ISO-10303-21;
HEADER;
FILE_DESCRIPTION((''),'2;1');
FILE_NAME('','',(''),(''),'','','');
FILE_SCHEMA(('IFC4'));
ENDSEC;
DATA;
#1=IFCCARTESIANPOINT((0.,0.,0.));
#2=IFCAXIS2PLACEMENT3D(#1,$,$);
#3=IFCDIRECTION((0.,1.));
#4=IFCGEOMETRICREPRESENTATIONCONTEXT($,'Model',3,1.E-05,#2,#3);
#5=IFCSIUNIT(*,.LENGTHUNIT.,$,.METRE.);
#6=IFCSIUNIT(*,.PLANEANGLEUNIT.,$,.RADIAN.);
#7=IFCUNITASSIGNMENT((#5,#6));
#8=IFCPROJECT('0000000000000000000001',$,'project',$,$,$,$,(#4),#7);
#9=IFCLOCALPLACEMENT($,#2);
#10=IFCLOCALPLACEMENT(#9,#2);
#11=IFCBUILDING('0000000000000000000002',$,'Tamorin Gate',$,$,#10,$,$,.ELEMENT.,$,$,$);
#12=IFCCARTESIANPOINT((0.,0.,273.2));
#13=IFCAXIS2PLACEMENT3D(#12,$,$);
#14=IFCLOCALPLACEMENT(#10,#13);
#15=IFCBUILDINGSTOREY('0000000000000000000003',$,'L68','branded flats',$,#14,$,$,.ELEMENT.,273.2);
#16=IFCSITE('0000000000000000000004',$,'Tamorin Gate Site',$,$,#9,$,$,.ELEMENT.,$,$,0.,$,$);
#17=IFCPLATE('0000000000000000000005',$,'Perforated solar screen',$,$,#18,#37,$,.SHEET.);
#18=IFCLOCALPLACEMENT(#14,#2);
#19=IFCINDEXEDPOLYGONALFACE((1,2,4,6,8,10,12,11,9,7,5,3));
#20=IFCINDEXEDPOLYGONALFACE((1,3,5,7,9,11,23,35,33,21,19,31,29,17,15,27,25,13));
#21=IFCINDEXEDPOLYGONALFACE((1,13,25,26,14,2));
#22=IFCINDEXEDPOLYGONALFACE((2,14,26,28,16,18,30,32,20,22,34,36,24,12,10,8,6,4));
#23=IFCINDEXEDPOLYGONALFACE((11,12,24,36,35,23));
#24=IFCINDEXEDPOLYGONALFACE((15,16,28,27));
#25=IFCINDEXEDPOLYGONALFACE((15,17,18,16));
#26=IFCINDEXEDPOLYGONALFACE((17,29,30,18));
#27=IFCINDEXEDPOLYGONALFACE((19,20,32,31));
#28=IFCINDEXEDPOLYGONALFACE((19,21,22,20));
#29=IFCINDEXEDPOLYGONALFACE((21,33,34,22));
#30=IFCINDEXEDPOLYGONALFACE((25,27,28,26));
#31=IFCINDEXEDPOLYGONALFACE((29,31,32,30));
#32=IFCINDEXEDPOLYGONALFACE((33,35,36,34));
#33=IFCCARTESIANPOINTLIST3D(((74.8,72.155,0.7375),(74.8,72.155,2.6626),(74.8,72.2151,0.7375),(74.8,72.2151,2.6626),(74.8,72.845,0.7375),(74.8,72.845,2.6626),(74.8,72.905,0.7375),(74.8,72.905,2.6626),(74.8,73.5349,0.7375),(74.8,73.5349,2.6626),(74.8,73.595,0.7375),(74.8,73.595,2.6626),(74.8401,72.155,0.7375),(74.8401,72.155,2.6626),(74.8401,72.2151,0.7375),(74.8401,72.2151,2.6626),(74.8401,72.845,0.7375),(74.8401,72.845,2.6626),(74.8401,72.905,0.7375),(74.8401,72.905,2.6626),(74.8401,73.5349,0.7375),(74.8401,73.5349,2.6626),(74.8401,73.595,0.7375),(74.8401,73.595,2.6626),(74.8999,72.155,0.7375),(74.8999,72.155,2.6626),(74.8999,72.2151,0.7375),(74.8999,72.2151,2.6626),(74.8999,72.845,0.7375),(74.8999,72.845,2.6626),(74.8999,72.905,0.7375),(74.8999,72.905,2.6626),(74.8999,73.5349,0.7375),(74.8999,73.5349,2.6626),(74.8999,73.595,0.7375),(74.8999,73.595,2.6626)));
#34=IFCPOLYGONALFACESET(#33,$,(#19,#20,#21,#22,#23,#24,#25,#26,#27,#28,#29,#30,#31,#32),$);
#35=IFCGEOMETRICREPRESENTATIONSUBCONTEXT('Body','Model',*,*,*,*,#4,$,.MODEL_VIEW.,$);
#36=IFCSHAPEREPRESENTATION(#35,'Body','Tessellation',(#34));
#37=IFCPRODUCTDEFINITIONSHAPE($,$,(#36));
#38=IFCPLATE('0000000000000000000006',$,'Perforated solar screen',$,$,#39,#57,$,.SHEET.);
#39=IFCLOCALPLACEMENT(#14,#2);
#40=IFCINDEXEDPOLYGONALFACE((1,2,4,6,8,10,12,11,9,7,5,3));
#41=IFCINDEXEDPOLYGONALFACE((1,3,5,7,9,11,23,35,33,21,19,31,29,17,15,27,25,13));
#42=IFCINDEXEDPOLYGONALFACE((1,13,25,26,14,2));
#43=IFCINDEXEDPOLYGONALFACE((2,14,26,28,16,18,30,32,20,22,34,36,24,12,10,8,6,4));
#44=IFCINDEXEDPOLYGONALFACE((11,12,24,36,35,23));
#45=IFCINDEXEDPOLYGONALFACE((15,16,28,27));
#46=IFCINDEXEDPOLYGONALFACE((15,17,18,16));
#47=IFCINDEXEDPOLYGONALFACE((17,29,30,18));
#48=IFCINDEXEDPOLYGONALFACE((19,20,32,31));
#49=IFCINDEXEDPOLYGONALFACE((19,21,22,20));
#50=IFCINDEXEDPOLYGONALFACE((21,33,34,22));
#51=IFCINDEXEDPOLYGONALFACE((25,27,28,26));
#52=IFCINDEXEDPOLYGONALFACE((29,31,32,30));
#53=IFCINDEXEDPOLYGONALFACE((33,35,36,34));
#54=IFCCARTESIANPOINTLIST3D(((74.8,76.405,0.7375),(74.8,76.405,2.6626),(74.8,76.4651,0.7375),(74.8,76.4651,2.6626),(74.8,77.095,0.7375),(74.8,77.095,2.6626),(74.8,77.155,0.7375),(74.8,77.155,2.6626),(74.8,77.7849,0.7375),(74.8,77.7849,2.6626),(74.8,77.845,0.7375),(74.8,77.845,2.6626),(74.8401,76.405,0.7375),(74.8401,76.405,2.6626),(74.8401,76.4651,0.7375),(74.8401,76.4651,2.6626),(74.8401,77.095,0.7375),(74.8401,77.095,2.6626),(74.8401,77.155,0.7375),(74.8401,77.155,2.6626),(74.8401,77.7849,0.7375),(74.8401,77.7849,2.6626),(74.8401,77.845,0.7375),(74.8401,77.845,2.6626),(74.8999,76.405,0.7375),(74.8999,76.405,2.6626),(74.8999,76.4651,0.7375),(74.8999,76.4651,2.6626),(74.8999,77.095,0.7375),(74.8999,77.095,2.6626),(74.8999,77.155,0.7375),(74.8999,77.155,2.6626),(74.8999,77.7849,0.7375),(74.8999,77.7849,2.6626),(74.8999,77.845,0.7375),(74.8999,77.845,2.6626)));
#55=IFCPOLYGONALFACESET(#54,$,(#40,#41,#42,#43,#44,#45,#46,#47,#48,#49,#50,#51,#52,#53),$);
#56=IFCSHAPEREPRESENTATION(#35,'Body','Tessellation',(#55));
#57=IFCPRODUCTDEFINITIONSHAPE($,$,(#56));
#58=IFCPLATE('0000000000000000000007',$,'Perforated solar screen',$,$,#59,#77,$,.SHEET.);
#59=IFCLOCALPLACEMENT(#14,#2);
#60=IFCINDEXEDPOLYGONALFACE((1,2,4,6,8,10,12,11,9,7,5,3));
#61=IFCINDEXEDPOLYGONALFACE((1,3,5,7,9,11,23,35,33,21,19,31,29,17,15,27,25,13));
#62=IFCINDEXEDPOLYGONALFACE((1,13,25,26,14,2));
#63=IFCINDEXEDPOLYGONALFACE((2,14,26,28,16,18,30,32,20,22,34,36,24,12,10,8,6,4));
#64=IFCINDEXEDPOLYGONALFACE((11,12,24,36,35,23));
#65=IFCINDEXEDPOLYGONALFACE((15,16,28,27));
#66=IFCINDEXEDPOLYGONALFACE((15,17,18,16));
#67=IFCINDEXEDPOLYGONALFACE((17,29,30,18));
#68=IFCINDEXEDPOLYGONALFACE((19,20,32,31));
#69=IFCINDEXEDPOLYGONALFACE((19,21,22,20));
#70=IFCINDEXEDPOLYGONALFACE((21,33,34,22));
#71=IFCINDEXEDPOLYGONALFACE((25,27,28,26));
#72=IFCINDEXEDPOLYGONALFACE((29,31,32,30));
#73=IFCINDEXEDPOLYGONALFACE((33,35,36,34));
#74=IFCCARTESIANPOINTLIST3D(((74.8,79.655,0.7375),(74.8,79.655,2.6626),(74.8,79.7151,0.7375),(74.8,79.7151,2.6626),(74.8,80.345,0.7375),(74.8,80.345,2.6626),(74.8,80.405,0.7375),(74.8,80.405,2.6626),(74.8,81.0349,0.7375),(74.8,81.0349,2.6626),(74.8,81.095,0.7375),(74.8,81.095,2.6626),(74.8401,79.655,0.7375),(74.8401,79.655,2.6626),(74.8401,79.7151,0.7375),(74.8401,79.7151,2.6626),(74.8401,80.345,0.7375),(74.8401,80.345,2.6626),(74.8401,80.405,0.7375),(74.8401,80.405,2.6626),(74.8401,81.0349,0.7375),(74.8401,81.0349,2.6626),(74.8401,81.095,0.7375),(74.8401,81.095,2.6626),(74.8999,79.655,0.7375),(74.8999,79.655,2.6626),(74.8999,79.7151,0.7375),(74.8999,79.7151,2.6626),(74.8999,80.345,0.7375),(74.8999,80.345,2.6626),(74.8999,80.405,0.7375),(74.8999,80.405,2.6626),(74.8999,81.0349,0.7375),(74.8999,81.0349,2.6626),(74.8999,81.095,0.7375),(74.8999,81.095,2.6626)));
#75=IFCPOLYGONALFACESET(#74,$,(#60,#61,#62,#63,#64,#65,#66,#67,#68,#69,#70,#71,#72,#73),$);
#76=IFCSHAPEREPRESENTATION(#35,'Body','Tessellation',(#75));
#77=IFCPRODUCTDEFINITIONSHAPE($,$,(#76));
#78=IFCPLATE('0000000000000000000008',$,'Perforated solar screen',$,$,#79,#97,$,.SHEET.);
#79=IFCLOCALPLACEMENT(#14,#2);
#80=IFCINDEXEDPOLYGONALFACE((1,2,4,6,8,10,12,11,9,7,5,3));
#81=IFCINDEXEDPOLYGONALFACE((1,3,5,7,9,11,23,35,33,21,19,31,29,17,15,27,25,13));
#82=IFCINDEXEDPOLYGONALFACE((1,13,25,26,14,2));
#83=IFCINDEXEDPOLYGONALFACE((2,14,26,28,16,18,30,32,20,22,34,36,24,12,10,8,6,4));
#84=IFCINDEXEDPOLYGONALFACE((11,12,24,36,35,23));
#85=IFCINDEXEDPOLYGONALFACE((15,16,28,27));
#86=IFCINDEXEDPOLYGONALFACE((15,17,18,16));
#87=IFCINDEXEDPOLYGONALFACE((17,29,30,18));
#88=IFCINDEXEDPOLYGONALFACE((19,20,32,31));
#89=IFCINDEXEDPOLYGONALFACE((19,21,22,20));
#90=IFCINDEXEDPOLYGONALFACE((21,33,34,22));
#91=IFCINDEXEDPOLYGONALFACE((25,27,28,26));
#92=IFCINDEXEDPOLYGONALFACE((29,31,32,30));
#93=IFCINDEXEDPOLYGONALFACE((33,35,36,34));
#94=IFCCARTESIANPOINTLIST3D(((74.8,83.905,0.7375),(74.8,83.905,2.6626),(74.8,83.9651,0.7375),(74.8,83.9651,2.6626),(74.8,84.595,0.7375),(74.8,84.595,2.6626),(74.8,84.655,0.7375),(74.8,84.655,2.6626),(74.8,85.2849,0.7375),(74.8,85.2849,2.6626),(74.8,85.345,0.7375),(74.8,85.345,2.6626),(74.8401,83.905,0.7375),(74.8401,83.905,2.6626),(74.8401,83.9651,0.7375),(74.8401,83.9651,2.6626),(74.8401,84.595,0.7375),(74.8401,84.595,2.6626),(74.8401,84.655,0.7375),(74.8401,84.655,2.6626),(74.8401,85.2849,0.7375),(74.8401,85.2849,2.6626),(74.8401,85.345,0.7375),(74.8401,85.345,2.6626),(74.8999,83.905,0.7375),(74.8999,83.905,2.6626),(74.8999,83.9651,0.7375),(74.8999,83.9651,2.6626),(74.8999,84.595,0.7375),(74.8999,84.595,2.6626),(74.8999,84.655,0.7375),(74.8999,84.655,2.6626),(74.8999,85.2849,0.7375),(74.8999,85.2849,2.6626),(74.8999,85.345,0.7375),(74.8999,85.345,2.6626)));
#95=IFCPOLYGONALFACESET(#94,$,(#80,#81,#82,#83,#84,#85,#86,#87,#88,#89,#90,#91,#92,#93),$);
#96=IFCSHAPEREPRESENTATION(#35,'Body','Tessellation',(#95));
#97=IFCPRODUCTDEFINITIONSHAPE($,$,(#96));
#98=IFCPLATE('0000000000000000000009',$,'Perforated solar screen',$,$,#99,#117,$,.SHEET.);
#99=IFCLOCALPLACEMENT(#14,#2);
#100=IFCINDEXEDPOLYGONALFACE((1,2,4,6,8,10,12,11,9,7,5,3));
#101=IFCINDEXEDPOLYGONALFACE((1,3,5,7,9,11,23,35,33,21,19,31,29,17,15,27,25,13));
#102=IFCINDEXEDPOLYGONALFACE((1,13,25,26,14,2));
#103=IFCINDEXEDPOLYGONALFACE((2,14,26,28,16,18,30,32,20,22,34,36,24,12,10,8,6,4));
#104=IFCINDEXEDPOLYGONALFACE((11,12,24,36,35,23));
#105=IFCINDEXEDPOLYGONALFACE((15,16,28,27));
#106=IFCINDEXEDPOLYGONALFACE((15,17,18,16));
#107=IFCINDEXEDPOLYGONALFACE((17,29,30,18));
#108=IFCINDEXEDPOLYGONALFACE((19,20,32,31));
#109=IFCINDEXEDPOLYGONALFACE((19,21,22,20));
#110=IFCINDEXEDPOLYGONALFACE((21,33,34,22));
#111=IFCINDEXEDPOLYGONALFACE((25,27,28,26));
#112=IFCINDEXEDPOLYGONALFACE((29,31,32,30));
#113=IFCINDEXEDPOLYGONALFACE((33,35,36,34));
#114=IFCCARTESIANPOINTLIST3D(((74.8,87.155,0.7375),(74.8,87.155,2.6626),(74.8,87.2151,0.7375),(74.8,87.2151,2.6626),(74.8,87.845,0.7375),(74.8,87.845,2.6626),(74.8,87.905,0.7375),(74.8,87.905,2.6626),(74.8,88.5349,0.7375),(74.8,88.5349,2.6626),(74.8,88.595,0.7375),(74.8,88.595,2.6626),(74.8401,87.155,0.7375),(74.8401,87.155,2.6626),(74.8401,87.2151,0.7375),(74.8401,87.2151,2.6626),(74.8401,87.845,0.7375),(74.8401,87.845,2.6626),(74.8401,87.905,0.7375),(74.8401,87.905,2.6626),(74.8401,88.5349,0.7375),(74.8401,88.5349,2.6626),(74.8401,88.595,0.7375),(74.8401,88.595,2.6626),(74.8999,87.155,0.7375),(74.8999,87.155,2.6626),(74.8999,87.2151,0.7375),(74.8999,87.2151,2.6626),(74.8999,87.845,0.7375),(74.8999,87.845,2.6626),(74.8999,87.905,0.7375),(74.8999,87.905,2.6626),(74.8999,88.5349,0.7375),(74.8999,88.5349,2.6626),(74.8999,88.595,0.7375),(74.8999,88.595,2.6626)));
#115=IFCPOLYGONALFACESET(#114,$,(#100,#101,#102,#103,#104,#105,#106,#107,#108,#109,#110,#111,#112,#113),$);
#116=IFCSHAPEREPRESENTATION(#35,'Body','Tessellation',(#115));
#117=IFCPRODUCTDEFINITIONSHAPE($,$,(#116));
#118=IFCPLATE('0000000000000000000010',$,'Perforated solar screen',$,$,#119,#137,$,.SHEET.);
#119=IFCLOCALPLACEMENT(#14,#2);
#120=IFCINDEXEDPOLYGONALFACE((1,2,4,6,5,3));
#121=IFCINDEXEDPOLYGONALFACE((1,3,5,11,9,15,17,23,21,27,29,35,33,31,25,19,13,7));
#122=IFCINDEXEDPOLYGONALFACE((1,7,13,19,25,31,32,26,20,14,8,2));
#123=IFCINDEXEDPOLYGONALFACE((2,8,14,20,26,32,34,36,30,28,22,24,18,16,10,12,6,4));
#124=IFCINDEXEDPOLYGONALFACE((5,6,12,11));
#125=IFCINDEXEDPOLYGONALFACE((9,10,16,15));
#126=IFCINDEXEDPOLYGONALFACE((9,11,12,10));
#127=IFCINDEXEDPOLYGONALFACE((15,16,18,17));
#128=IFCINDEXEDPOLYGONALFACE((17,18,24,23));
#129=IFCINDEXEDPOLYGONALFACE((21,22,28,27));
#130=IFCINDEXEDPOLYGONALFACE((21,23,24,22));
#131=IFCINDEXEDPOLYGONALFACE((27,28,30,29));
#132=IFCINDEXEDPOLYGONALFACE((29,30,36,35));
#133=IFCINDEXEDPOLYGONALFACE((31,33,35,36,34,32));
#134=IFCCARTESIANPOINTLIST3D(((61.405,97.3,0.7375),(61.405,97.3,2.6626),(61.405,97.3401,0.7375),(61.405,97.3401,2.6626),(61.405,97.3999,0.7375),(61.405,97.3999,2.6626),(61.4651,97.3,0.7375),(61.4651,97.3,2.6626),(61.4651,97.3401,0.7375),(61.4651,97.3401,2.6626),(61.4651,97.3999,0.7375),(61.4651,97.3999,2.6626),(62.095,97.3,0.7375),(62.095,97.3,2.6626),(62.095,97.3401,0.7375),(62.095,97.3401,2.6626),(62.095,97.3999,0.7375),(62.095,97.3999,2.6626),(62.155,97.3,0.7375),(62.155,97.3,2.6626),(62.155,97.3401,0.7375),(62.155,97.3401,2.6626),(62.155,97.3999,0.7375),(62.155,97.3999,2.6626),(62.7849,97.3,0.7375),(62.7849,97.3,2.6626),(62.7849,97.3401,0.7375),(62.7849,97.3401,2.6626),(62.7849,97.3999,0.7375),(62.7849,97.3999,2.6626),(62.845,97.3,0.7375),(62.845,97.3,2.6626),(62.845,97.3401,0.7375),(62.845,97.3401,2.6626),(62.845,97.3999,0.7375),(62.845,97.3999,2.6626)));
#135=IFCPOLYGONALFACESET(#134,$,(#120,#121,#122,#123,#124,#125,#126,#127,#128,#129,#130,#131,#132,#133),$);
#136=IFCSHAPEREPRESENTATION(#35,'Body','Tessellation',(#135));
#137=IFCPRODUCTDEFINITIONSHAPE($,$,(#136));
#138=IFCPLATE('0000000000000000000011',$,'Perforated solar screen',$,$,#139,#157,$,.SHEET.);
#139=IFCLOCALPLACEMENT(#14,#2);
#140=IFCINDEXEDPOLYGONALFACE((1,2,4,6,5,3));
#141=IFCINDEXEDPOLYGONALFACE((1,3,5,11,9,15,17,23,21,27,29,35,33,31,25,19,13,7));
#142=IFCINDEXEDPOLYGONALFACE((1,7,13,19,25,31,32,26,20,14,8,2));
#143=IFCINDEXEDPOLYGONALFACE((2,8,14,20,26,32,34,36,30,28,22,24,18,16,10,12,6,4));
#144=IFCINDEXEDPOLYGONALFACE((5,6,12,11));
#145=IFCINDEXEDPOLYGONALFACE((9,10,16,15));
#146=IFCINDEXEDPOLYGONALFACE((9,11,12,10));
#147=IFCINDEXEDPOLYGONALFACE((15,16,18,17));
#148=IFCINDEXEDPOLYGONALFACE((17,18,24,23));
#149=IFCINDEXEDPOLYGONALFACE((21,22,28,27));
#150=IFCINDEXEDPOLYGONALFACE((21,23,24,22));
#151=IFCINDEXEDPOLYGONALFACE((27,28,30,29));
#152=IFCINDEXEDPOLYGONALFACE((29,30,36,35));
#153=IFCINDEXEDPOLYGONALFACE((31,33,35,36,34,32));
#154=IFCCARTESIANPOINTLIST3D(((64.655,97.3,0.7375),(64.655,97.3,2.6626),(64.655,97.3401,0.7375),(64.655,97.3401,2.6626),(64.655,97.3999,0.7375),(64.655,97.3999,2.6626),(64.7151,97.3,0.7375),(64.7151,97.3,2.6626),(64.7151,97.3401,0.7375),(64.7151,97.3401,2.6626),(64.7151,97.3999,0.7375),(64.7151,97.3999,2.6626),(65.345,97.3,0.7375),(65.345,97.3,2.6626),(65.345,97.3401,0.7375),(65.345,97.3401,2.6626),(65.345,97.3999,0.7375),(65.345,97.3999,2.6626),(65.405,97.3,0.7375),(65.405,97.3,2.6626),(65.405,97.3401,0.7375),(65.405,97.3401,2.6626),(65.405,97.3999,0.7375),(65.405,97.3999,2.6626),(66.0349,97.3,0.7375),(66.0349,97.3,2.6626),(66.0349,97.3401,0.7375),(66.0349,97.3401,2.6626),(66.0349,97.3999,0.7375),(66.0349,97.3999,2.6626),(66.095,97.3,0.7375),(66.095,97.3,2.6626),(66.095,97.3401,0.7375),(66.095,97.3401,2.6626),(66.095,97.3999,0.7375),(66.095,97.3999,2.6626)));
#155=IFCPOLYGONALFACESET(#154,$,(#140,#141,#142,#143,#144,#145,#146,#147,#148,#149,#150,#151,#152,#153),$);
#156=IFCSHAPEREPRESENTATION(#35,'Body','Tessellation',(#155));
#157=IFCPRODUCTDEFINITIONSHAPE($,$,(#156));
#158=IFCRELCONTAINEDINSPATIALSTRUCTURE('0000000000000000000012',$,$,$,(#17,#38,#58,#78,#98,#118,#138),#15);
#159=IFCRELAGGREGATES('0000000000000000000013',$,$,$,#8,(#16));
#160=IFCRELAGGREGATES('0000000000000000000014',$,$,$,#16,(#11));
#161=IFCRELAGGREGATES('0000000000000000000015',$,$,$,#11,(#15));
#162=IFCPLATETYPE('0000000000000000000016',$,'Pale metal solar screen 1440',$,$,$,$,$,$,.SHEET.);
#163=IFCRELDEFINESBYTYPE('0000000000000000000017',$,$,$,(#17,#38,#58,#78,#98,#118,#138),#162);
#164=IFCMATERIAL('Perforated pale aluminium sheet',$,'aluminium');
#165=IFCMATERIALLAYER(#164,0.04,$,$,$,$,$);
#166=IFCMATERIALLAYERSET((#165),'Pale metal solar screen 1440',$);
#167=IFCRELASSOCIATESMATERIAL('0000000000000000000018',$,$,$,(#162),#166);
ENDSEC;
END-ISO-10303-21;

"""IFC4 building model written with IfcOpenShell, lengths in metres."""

from ifc_helpers import new_model, si_unit, direction, frame, origin, place, context, subcontext, project, spatial, polyline, outline, extrude, material, layer, layer_set, type_object, element, save


model = new_model("IFC4")

# Units and contexts
model_context = context("Model", 3, precision=1e-05, world=origin(), true_north=direction((0.0, 1.0)))
body_context = subcontext(model_context, "Body", "Model", "MODEL_VIEW")
ifc_project = project(units=[si_unit("LENGTHUNIT", "METRE"), si_unit("PLANEANGLEUNIT", "RADIAN")], contexts=[model_context])

# Site, building, storey
site_placement = place(None, origin())
site = spatial("IfcSite", under=ifc_project, at=site_placement, Name="Tamorin Gate Site", CompositionType="ELEMENT", RefElevation=0.0)
building_placement = place(site_placement, origin())
building = spatial("IfcBuilding", under=site, at=building_placement, Name="Tamorin Gate", CompositionType="ELEMENT")
storey_placement = place(building_placement, frame((0.0, 0.0, 273.2)))
storey = spatial("IfcBuildingStorey", under=building, at=storey_placement, Name="L68", Description="branded flats", CompositionType="ELEMENT", Elevation=273.2)

# Plates
ifc_material_1 = material(Name="Perforated pale aluminium sheet", Category="aluminium")
ifc_layer_1 = layer(ifc_material_1, 0.04)
ifc_layer_set_1 = layer_set([ifc_layer_1], Name="Pale metal solar screen 1440")
plate_type = type_object("IfcPlateType", Name="Pale metal solar screen 1440", PredefinedType="SHEET", material=ifc_layer_set_1)
plate_1_placement = place(storey_placement, frame((0.0, 0.0, 0.7375)))
element("IfcPlate", 1, at=plate_1_placement, inside=storey, type_object=plate_type, Name="Perforated solar screen", PredefinedType="SHEET", context=body_context, shape_type="SweptSolid", body=[
    extrude(outline(polyline([(74.8401, 72.155), (74.8, 72.155), (74.8, 72.2151), (74.8, 72.845), (74.8, 72.905), (74.8, 73.5349), (74.8, 73.595), (74.8401, 73.595), (74.8999, 73.595), (74.8999, 73.5349), (74.8401, 73.5349), (74.8401, 72.905), (74.8999, 72.905), (74.8999, 72.845), (74.8401, 72.845), (74.8401, 72.2151), (74.8999, 72.2151), (74.8999, 72.155), (74.8401, 72.155)])), origin(), (0.0, 0.0, 1.0), 1.925),
])
plate_2_placement = place(storey_placement, frame((0.0, 0.0, 0.7375)))
element("IfcPlate", 2, at=plate_2_placement, inside=storey, type_object=plate_type, Name="Perforated solar screen", PredefinedType="SHEET", context=body_context, shape_type="SweptSolid", body=[
    extrude(outline(polyline([(74.8401, 76.405), (74.8, 76.405), (74.8, 76.4651), (74.8, 77.095), (74.8, 77.155), (74.8, 77.7849), (74.8, 77.845), (74.8401, 77.845), (74.8999, 77.845), (74.8999, 77.7849), (74.8401, 77.7849), (74.8401, 77.155), (74.8999, 77.155), (74.8999, 77.095), (74.8401, 77.095), (74.8401, 76.4651), (74.8999, 76.4651), (74.8999, 76.405), (74.8401, 76.405)])), origin(), (0.0, 0.0, 1.0), 1.925),
])
plate_3_placement = place(storey_placement, frame((0.0, 0.0, 0.7375)))
element("IfcPlate", 3, at=plate_3_placement, inside=storey, type_object=plate_type, Name="Perforated solar screen", PredefinedType="SHEET", context=body_context, shape_type="SweptSolid", body=[
    extrude(outline(polyline([(74.8401, 79.655), (74.8, 79.655), (74.8, 79.7151), (74.8, 80.345), (74.8, 80.405), (74.8, 81.0349), (74.8, 81.095), (74.8401, 81.095), (74.8999, 81.095), (74.8999, 81.0349), (74.8401, 81.0349), (74.8401, 80.405), (74.8999, 80.405), (74.8999, 80.345), (74.8401, 80.345), (74.8401, 79.7151), (74.8999, 79.7151), (74.8999, 79.655), (74.8401, 79.655)])), origin(), (0.0, 0.0, 1.0), 1.925),
])
plate_4_placement = place(storey_placement, frame((0.0, 0.0, 0.7375)))
element("IfcPlate", 4, at=plate_4_placement, inside=storey, type_object=plate_type, Name="Perforated solar screen", PredefinedType="SHEET", context=body_context, shape_type="SweptSolid", body=[
    extrude(outline(polyline([(74.8401, 83.905), (74.8, 83.905), (74.8, 83.9651), (74.8, 84.595), (74.8, 84.655), (74.8, 85.2849), (74.8, 85.345), (74.8401, 85.345), (74.8999, 85.345), (74.8999, 85.2849), (74.8401, 85.2849), (74.8401, 84.655), (74.8999, 84.655), (74.8999, 84.595), (74.8401, 84.595), (74.8401, 83.9651), (74.8999, 83.9651), (74.8999, 83.905), (74.8401, 83.905)])), origin(), (0.0, 0.0, 1.0), 1.925),
])
plate_5_placement = place(storey_placement, frame((0.0, 0.0, 0.7375)))
element("IfcPlate", 5, at=plate_5_placement, inside=storey, type_object=plate_type, Name="Perforated solar screen", PredefinedType="SHEET", context=body_context, shape_type="SweptSolid", body=[
    extrude(outline(polyline([(74.8401, 87.155), (74.8, 87.155), (74.8, 87.2151), (74.8, 87.845), (74.8, 87.905), (74.8, 88.5349), (74.8, 88.595), (74.8401, 88.595), (74.8999, 88.595), (74.8999, 88.5349), (74.8401, 88.5349), (74.8401, 87.905), (74.8999, 87.905), (74.8999, 87.845), (74.8401, 87.845), (74.8401, 87.2151), (74.8999, 87.2151), (74.8999, 87.155), (74.8401, 87.155)])), origin(), (0.0, 0.0, 1.0), 1.925),
])
plate_6_placement = place(storey_placement, frame((0.0, 0.0, 0.7375)))
element("IfcPlate", 6, at=plate_6_placement, inside=storey, type_object=plate_type, Name="Perforated solar screen", PredefinedType="SHEET", context=body_context, shape_type="SweptSolid", body=[
    extrude(outline(polyline([(62.845, 97.3401), (62.845, 97.3), (62.7849, 97.3), (62.155, 97.3), (62.095, 97.3), (61.4651, 97.3), (61.405, 97.3), (61.405, 97.3), (61.405, 97.3401), (61.405, 97.3401), (61.405, 97.3999), (61.4651, 97.3999), (61.4651, 97.3401), (62.095, 97.3401), (62.095, 97.3999), (62.155, 97.3999), (62.155, 97.3401), (62.7849, 97.3401), (62.7849, 97.3999), (62.845, 97.3999), (62.845, 97.3401)])), origin(), (0.0, 0.0, 1.0), 1.925),
])
plate_7_placement = place(storey_placement, frame((0.0, 0.0, 0.7375)))
element("IfcPlate", 7, at=plate_7_placement, inside=storey, type_object=plate_type, Name="Perforated solar screen", PredefinedType="SHEET", context=body_context, shape_type="SweptSolid", body=[
    extrude(outline(polyline([(66.095, 97.3401), (66.095, 97.3), (66.0349, 97.3), (65.405, 97.3), (65.345, 97.3), (64.7151, 97.3), (64.655, 97.3), (64.655, 97.3), (64.655, 97.3401), (64.655, 97.3401), (64.655, 97.3999), (64.7151, 97.3999), (64.7151, 97.3401), (65.345, 97.3401), (65.345, 97.3999), (65.405, 97.3999), (65.405, 97.3401), (66.0349, 97.3401), (66.0349, 97.3999), (66.095, 97.3999), (66.095, 97.3401)])), origin(), (0.0, 0.0, 1.0), 1.925),
])

save(model, "model.ifc")
